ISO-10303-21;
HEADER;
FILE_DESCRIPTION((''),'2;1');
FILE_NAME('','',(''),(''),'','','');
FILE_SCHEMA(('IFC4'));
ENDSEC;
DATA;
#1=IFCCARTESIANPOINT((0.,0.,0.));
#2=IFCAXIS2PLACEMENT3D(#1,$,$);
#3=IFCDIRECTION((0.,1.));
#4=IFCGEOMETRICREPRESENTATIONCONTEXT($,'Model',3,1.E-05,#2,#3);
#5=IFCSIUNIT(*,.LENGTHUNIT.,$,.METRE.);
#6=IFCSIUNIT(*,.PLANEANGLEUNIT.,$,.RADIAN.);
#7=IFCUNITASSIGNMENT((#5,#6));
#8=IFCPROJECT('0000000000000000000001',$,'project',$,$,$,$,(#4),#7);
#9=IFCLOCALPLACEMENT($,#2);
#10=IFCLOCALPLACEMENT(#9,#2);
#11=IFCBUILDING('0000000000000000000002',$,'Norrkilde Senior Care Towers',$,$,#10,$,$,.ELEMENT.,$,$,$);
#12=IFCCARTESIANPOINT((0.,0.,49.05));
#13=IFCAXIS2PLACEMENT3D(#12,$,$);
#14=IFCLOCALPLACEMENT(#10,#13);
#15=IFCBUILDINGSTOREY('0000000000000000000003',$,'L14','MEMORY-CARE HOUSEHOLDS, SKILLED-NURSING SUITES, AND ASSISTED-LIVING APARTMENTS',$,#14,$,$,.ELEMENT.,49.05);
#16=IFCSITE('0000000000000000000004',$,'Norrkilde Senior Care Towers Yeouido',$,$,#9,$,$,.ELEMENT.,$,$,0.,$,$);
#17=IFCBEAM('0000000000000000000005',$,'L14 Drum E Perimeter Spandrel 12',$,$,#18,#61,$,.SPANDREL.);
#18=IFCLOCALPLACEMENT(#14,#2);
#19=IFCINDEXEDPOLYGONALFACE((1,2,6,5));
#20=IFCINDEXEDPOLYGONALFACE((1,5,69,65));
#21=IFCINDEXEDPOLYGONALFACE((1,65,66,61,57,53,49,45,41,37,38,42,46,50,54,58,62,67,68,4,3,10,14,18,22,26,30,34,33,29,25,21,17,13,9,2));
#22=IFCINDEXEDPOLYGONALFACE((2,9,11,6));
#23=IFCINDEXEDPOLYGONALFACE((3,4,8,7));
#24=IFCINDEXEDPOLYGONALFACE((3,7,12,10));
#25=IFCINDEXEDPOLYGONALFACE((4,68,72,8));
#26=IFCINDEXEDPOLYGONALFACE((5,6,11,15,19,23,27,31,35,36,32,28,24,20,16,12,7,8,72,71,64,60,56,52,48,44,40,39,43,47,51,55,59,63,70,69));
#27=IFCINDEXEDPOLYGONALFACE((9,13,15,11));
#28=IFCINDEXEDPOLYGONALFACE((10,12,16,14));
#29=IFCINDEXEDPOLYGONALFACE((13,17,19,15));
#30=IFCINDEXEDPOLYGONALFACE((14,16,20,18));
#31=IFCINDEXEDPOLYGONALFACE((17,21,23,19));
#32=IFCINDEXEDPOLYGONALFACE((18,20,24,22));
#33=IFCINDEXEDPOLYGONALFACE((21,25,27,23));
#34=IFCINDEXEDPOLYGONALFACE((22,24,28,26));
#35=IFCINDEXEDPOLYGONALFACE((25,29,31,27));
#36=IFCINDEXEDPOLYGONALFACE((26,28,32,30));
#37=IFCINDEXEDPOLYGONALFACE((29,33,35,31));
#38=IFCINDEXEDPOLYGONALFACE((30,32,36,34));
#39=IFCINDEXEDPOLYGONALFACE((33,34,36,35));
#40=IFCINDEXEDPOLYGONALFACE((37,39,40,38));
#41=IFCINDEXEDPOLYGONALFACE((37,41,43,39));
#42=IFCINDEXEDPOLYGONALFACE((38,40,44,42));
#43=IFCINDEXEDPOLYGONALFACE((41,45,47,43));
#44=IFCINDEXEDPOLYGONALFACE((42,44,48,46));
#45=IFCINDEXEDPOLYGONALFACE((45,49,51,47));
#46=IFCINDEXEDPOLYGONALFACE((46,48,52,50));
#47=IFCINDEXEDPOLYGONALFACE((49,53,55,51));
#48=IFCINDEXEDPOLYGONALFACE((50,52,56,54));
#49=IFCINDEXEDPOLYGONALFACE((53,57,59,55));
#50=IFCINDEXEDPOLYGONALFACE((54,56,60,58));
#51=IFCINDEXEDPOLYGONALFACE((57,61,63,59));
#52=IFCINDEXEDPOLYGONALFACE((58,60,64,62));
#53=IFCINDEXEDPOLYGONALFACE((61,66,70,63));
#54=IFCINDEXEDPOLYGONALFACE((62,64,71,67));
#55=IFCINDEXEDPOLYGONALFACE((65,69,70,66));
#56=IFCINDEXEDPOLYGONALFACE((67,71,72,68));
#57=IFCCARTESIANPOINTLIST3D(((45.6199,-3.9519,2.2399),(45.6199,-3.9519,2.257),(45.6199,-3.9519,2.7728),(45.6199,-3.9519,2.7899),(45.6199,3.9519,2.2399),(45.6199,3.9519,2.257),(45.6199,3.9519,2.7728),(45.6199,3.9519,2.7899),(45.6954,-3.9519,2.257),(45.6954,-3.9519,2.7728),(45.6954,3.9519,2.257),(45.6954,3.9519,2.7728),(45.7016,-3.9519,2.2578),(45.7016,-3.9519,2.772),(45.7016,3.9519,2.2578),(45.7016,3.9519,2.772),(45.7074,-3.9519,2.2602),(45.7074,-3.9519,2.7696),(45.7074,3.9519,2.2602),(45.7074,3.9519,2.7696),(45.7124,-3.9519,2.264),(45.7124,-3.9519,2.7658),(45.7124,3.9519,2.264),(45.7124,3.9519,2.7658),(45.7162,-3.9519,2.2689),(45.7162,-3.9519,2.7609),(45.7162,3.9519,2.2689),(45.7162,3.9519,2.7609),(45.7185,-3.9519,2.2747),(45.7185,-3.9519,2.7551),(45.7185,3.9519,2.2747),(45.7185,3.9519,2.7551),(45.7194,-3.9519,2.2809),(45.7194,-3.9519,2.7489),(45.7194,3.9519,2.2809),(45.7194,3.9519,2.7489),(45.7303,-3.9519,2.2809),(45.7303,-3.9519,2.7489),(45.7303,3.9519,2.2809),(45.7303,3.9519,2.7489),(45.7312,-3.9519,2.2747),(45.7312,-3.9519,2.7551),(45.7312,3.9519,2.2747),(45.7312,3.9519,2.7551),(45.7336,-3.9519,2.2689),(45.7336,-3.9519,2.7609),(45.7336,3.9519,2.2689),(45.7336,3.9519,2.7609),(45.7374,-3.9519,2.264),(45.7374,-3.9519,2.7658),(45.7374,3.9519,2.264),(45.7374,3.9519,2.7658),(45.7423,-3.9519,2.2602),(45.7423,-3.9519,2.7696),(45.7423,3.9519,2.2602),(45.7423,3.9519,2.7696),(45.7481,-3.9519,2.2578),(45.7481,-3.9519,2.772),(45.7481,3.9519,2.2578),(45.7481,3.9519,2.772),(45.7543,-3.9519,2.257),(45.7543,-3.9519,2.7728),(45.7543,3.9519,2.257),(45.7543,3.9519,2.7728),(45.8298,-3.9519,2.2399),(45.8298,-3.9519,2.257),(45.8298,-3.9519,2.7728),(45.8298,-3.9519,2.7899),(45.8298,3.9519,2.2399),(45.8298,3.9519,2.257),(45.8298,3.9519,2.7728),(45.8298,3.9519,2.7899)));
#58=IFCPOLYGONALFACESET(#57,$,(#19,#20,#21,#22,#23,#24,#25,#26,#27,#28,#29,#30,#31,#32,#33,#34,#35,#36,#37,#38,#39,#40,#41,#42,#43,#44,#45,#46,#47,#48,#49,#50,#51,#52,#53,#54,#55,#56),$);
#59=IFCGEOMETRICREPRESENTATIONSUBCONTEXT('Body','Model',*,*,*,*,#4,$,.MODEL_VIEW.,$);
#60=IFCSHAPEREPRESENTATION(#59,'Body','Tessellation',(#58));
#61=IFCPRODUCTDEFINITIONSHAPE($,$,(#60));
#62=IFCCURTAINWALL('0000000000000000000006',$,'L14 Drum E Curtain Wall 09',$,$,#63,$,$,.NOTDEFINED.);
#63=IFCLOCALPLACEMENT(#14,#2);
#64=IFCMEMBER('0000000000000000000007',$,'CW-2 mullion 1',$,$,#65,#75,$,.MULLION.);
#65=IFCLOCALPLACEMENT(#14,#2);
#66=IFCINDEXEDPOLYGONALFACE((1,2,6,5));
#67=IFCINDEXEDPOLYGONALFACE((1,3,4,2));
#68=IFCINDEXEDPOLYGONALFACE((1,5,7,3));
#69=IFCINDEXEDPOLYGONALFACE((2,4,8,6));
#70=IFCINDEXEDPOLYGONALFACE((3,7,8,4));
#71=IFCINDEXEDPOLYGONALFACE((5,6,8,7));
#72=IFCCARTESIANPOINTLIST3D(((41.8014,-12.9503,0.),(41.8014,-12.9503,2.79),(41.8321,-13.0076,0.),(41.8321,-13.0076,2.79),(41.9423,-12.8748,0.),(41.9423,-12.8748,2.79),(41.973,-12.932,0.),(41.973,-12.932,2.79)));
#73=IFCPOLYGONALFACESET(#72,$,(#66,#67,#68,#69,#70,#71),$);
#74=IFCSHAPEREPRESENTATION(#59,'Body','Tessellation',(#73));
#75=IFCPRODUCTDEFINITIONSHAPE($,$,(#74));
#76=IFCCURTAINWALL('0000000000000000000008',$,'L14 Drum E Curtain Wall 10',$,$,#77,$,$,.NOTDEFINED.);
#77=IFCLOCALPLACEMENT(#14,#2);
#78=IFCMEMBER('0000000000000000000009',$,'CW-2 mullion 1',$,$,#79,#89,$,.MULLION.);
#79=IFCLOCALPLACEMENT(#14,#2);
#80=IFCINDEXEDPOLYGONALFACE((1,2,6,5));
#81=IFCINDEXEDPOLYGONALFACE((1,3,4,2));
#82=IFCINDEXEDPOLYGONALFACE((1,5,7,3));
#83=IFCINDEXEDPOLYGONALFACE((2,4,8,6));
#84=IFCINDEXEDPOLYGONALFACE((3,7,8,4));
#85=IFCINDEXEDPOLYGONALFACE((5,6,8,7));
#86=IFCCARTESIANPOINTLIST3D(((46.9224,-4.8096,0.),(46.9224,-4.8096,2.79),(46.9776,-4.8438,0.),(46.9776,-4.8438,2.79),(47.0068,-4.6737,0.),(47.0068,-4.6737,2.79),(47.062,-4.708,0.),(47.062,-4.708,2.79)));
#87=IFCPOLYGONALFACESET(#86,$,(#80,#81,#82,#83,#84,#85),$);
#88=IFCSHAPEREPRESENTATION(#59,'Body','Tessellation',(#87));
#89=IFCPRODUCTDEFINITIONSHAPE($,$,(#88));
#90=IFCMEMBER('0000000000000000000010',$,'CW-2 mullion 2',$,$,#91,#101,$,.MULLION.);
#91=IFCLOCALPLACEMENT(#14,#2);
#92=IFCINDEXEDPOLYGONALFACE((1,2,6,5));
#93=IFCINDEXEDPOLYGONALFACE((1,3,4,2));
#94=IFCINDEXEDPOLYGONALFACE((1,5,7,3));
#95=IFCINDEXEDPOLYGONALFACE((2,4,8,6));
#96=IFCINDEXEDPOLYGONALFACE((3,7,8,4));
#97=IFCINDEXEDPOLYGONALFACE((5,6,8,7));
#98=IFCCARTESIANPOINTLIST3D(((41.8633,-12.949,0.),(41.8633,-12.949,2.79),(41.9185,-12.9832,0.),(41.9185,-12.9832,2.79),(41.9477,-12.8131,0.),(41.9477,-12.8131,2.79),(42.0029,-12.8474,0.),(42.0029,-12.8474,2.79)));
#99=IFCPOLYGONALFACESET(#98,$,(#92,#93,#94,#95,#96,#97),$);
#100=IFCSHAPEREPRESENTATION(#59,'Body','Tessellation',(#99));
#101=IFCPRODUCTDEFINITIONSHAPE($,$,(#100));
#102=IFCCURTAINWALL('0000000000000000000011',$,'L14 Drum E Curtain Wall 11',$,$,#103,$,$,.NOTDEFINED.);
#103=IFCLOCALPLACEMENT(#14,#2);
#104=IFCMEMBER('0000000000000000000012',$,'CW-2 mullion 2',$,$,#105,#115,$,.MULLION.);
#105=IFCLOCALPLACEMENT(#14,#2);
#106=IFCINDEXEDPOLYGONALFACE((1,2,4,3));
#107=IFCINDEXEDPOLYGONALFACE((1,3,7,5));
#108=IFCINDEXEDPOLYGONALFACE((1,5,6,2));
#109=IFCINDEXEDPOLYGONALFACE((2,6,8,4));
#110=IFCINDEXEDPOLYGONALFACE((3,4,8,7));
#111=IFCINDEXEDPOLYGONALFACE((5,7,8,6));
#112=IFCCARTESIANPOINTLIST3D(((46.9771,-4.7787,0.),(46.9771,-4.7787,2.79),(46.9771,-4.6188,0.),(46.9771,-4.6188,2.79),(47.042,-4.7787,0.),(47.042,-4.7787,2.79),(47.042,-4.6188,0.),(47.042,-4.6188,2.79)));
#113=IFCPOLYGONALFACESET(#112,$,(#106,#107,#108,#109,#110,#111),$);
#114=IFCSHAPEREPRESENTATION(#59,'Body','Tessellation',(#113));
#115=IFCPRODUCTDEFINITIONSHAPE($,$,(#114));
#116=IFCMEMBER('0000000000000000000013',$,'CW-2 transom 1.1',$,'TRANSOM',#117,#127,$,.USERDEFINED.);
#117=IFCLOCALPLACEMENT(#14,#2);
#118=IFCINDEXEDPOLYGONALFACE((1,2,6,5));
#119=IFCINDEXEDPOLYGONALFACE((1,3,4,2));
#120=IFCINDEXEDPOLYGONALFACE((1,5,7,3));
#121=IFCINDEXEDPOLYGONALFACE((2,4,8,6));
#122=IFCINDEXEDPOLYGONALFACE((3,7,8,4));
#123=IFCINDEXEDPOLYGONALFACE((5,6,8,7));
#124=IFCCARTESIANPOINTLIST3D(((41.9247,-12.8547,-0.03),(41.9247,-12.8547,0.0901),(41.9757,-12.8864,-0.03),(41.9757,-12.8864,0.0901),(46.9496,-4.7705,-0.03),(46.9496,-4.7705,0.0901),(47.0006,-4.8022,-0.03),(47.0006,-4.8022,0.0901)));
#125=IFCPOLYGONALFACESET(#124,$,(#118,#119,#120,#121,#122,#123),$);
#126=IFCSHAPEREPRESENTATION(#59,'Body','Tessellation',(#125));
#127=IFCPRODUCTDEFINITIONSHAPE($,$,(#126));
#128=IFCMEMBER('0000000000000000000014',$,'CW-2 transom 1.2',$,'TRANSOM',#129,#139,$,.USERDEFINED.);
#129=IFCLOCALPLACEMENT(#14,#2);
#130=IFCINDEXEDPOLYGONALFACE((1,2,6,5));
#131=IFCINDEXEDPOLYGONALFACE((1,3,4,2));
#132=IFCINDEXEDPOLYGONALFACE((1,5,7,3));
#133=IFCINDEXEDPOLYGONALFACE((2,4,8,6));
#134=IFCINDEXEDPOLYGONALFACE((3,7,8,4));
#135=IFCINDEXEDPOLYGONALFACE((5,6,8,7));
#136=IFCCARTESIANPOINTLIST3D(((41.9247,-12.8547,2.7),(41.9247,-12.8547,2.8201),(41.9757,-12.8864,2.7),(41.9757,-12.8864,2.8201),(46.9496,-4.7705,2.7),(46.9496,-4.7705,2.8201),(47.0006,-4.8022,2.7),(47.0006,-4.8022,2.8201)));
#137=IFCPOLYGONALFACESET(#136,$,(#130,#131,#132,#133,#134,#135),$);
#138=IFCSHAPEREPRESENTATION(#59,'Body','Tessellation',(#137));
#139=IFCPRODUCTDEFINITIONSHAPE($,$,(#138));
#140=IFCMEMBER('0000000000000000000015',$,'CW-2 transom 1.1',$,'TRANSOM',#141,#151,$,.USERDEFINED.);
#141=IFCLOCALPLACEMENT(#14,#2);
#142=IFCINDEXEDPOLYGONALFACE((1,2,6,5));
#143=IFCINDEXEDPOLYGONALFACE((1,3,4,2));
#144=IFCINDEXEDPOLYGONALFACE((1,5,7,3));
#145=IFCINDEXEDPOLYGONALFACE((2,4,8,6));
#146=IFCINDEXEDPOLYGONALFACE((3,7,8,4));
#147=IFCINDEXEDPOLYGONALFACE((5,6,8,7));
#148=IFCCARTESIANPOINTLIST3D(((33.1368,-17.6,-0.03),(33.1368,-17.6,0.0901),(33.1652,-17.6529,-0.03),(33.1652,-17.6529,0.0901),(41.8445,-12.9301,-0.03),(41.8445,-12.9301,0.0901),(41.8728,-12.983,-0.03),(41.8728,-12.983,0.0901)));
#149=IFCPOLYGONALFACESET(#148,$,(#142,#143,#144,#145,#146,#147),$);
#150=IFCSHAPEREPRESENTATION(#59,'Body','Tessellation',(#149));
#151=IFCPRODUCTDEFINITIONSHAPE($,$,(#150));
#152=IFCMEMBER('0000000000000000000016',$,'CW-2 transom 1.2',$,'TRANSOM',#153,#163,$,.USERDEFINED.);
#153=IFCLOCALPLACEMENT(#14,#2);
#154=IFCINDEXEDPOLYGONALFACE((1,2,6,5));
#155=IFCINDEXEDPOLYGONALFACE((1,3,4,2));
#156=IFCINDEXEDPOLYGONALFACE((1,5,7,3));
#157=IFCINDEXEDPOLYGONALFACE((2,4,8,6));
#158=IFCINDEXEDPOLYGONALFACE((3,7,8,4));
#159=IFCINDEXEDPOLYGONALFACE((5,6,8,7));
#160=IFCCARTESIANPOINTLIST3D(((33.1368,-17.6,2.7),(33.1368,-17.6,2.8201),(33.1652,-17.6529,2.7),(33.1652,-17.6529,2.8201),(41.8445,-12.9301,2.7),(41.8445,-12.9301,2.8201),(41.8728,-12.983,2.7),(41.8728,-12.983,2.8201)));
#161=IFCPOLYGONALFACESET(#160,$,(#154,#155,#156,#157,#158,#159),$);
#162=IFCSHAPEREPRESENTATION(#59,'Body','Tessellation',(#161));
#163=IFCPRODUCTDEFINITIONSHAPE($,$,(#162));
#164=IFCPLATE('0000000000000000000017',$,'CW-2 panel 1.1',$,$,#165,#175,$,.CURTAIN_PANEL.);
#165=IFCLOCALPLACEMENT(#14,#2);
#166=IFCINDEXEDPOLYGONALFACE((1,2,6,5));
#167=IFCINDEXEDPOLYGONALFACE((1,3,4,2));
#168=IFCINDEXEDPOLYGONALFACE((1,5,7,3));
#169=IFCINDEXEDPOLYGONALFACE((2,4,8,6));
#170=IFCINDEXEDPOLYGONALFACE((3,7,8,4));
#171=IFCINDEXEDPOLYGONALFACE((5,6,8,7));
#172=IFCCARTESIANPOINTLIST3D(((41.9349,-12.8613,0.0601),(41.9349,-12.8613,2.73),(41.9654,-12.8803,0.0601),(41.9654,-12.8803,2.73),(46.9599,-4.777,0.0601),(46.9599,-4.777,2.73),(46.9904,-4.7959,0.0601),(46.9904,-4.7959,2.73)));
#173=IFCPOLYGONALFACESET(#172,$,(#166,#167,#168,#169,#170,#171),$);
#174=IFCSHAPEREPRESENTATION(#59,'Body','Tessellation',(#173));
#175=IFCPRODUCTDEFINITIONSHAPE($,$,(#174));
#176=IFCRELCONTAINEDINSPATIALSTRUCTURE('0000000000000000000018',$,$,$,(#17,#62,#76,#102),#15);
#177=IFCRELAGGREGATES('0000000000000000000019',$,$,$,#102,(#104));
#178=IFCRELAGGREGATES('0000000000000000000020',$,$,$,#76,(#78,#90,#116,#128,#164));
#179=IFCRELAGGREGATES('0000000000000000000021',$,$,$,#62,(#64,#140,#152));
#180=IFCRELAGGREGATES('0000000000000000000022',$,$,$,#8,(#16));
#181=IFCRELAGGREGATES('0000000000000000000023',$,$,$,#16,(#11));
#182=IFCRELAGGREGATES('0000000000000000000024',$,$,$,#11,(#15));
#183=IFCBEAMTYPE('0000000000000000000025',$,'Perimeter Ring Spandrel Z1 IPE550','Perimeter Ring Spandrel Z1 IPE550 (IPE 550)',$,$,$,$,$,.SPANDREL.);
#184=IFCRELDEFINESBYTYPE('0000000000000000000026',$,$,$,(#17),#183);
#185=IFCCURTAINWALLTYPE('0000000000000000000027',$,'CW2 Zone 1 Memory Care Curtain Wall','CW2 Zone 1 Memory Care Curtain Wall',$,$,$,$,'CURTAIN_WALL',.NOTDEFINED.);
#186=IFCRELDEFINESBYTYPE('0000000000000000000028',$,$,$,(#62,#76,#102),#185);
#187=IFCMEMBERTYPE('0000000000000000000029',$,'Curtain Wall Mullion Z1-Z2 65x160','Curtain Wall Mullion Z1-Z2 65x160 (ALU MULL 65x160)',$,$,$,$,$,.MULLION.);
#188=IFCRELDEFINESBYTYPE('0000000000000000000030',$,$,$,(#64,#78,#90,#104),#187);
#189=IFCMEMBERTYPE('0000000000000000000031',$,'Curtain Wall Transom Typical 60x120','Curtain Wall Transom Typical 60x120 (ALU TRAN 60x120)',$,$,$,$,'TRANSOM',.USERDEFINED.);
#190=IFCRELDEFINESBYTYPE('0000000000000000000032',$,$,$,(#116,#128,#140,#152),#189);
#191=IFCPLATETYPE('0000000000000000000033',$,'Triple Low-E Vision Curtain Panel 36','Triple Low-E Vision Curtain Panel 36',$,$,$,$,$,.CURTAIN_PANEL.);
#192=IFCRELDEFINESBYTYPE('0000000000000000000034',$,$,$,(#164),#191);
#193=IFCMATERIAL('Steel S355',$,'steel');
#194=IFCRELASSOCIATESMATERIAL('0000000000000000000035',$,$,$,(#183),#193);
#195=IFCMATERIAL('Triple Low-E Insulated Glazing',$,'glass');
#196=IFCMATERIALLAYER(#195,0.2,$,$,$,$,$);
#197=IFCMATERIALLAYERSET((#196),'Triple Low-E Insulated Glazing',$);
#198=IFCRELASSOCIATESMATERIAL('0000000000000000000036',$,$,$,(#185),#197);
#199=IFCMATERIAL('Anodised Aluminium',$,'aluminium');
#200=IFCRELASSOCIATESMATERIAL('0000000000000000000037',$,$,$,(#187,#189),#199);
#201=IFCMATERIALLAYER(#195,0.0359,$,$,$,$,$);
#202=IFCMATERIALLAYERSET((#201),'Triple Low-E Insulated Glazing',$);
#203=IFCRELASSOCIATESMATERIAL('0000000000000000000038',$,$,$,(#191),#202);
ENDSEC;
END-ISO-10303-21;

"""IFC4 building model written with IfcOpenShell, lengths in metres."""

from ifc_helpers import new_model, si_unit, direction, frame, origin, origin_2d, place, context, subcontext, project, spatial, rectangle, i_section, extrude, source, transform, mapped, material, layer, layer_set, material_profile, profile_set, type_object, type_shapes, element, aggregate, save


model = new_model("IFC4")

# Units and contexts
model_context = context("Model", 3, precision=1e-05, world=origin(), true_north=direction((0.0, 1.0)))
body_context = subcontext(model_context, "Body", "Model", "MODEL_VIEW")
ifc_project = project(units=[si_unit("LENGTHUNIT", "METRE"), si_unit("PLANEANGLEUNIT", "RADIAN")], contexts=[model_context])

# Site, building, storey
site_placement = place(None, origin())
site = spatial("IfcSite", under=ifc_project, at=site_placement, Name="Norrkilde Senior Care Towers Yeouido", CompositionType="ELEMENT", RefElevation=0.0)
building_placement = place(site_placement, origin())
building = spatial("IfcBuilding", under=site, at=building_placement, Name="Norrkilde Senior Care Towers", CompositionType="ELEMENT")
storey_placement = place(building_placement, frame((0.0, 0.0, 49.05)))
storey = spatial("IfcBuildingStorey", under=building, at=storey_placement, Name="L14", Description="MEMORY-CARE HOUSEHOLDS, SKILLED-NURSING SUITES, AND ASSISTED-LIVING APARTMENTS", CompositionType="ELEMENT", Elevation=49.05)

# Beam
ifc_material_1 = material(Name="Steel S355", Category="steel")
ifc_material_profile_1 = material_profile(ifc_material_1, i_section(OverallWidth=0.21, OverallDepth=0.55, WebThickness=0.011, FlangeThickness=0.0171, FilletRadius=0.0239, at=origin_2d()), Name="IPE 550")
ifc_profile_set_1 = profile_set([ifc_material_profile_1], Name="Steel S355")
beam_type_1 = type_object("IfcBeamType", Name="Perimeter Ring Spandrel Z1 IPE550", Description="Perimeter Ring Spandrel Z1 IPE550 (IPE 550)", PredefinedType="SPANDREL", material=ifc_profile_set_1)
shared_shape_1 = source(origin(), body_context, "Body", "SweptSolid", [
    extrude(i_section(OverallWidth=0.21, OverallDepth=0.55, WebThickness=0.011, FlangeThickness=0.0171, FilletRadius=0.0239, at=origin_2d()), origin(), (0.0, 0.0, 1.0), 7.9038),
])
beam_1_placement = place(storey_placement, frame((45.7249, -3.9519, 2.5149), z_axis=(0.0, 1.0, 0.0), x_axis=(-1.0, 0.0, 0.0)))
element("IfcBeam", 1, at=beam_1_placement, inside=storey, type_object=beam_type_1, Name="L14 Drum E Perimeter Spandrel 12", PredefinedType="SPANDREL", context=body_context, shape_type="MappedRepresentation", body=[
    mapped(shared_shape_1, transform((0.0, 0.0, 0.0), x_axis=(1.0, 0.0, 0.0), y_axis=(0.0, 1.0, 0.0), z_axis=(0.0, 0.0, 1.0), scale=1.0)),
])

# Curtain wall, member
ifc_material_2 = material(Name="Triple Low-E Insulated Glazing", Category="glass")
ifc_layer_1 = layer(ifc_material_2, 0.2)
ifc_layer_set_1 = layer_set([ifc_layer_1], Name="Triple Low-E Insulated Glazing")
curtain_wall_type = type_object("IfcCurtainWallType", Name="CW2 Zone 1 Memory Care Curtain Wall", Description="CW2 Zone 1 Memory Care Curtain Wall", ElementType="CURTAIN_WALL", PredefinedType="NOTDEFINED", material=ifc_layer_set_1)
curtain_wall_1_placement = place(storey_placement, origin())
curtain_wall_1 = element("IfcCurtainWall", 2, at=curtain_wall_1_placement, inside=storey, type_object=curtain_wall_type, Name="L14 Drum E Curtain Wall 09", PredefinedType="NOTDEFINED")
ifc_material_3 = material(Name="Anodised Aluminium", Category="aluminium")
ifc_material_profile_2 = material_profile(ifc_material_3, rectangle(XDim=0.0649, YDim=0.1599, at=origin_2d()), Name="ALU MULL 65x160")
ifc_profile_set_2 = profile_set([ifc_material_profile_2], Name="Anodised Aluminium")
member_type_1 = type_object("IfcMemberType", Name="Curtain Wall Mullion Z1-Z2 65x160", Description="Curtain Wall Mullion Z1-Z2 65x160 (ALU MULL 65x160)", PredefinedType="MULLION", material=ifc_profile_set_2)
shared_shape_2 = source(origin(), body_context, "Body", "SweptSolid", [
    extrude(rectangle(XDim=0.0649, YDim=0.1599, at=origin_2d()), origin(), (0.0, 0.0, 1.0), 2.79),
])
type_shapes(member_type_1, [shared_shape_2])
member_1_placement = place(storey_placement, frame((41.8872, -12.9412, 0.0), z_axis=(0.0, 0.0, 1.0), x_axis=(0.472608, -0.881273, 0.0)))
member_1 = element("IfcMember", 3, at=member_1_placement, type_object=member_type_1, Name="CW-2 mullion 1", PredefinedType="MULLION", context=body_context, shape_type="MappedRepresentation", body=[
    mapped(shared_shape_2, transform((0.0, 0.0, 0.0), x_axis=(1.0, 0.0, 0.0), y_axis=(0.0, 1.0, 0.0), z_axis=(0.0, 0.0, 1.0), scale=1.0)),
])

# Curtain wall, members
curtain_wall_2_placement = place(storey_placement, origin())
curtain_wall_2 = element("IfcCurtainWall", 4, at=curtain_wall_2_placement, inside=storey, type_object=curtain_wall_type, Name="L14 Drum E Curtain Wall 10", PredefinedType="NOTDEFINED")
member_2_placement = place(storey_placement, frame((46.9922, -4.7588, 0.0), z_axis=(0.0, 0.0, 1.0), x_axis=(0.849306, -0.527901, 0.0)))
member_2 = element("IfcMember", 5, at=member_2_placement, type_object=member_type_1, Name="CW-2 mullion 1", PredefinedType="MULLION", context=body_context, shape_type="MappedRepresentation", body=[
    mapped(shared_shape_2, transform((0.0, 0.0, 0.0), x_axis=(1.0, 0.0, 0.0), y_axis=(0.0, 1.0, 0.0), z_axis=(0.0, 0.0, 1.0), scale=1.0)),
])
member_3_placement = place(storey_placement, frame((41.9331, -12.8982, 0.0), z_axis=(0.0, 0.0, 1.0), x_axis=(0.849306, -0.527901, 0.0)))
member_3 = element("IfcMember", 6, at=member_3_placement, type_object=member_type_1, Name="CW-2 mullion 2", PredefinedType="MULLION", context=body_context, shape_type="MappedRepresentation", body=[
    mapped(shared_shape_2, transform((0.0, 0.0, 0.0), x_axis=(1.0, 0.0, 0.0), y_axis=(0.0, 1.0, 0.0), z_axis=(0.0, 0.0, 1.0), scale=1.0)),
])

# Curtain wall, member
curtain_wall_3_placement = place(storey_placement, origin())
curtain_wall_3 = element("IfcCurtainWall", 7, at=curtain_wall_3_placement, inside=storey, type_object=curtain_wall_type, Name="L14 Drum E Curtain Wall 11", PredefinedType="NOTDEFINED")
member_4_placement = place(storey_placement, frame((47.0095, -4.6987, 0.0), z_axis=(0.0, 0.0, 1.0), x_axis=(1.0, 0.0, 0.0)))
member_4 = element("IfcMember", 8, at=member_4_placement, type_object=member_type_1, Name="CW-2 mullion 2", PredefinedType="MULLION", context=body_context, shape_type="MappedRepresentation", body=[
    mapped(shared_shape_2, transform((0.0, 0.0, 0.0), x_axis=(1.0, 0.0, 0.0), y_axis=(0.0, 1.0, 0.0), z_axis=(0.0, 0.0, 1.0), scale=1.0)),
])
aggregate(curtain_wall_3, [member_4])

# Members
ifc_material_profile_3 = material_profile(ifc_material_3, rectangle(XDim=0.0601, YDim=0.1201, at=origin_2d()), Name="ALU TRAN 60x120")
ifc_profile_set_3 = profile_set([ifc_material_profile_3], Name="Anodised Aluminium")
member_type_2 = type_object("IfcMemberType", Name="Curtain Wall Transom Typical 60x120", Description="Curtain Wall Transom Typical 60x120 (ALU TRAN 60x120)", ElementType="TRANSOM", PredefinedType="USERDEFINED", material=ifc_profile_set_3)
shared_shape_3 = source(origin(), body_context, "Body", "SweptSolid", [
    extrude(rectangle(XDim=0.0601, YDim=0.1201, at=origin_2d()), origin(), (0.0, 0.0, 1.0), 9.5186),
])
member_5_placement = place(storey_placement, frame((46.9751, -4.7864, 0.03), z_axis=(-0.527902, -0.849306, 0.0), x_axis=(0.849306, -0.527902, 0.0)))
member_5 = element("IfcMember", 9, at=member_5_placement, type_object=member_type_2, Name="CW-2 transom 1.1", ObjectType="TRANSOM", PredefinedType="USERDEFINED", context=body_context, shape_type="MappedRepresentation", body=[
    mapped(shared_shape_3, transform((0.0, 0.0, 0.0), x_axis=(1.0, 0.0, 0.0), y_axis=(0.0, 1.0, 0.0), z_axis=(0.0, 0.0, 1.0), scale=1.0)),
])
member_6_placement = place(storey_placement, frame((46.9751, -4.7864, 2.76), z_axis=(-0.527902, -0.849306, 0.0), x_axis=(0.849306, -0.527902, 0.0)))
member_6 = element("IfcMember", 10, at=member_6_placement, type_object=member_type_2, Name="CW-2 transom 1.2", ObjectType="TRANSOM", PredefinedType="USERDEFINED", context=body_context, shape_type="MappedRepresentation", body=[
    mapped(shared_shape_3, transform((0.0, 0.0, 0.0), x_axis=(1.0, 0.0, 0.0), y_axis=(0.0, 1.0, 0.0), z_axis=(0.0, 0.0, 1.0), scale=1.0)),
])
shared_shape_4 = source(origin(), body_context, "Body", "SweptSolid", [
    extrude(rectangle(XDim=0.0601, YDim=0.1201, at=origin_2d()), origin(), (0.0, 0.0, 1.0), 9.8809),
])
type_shapes(member_type_2, [shared_shape_3, shared_shape_4])
member_7_placement = place(storey_placement, frame((41.8586, -12.9565, 0.03), z_axis=(-0.881267, -0.472618, 0.0), x_axis=(0.472618, -0.881267, 0.0)))
member_7 = element("IfcMember", 11, at=member_7_placement, type_object=member_type_2, Name="CW-2 transom 1.1", ObjectType="TRANSOM", PredefinedType="USERDEFINED", context=body_context, shape_type="MappedRepresentation", body=[
    mapped(shared_shape_4, transform((0.0, 0.0, 0.0), x_axis=(1.0, 0.0, 0.0), y_axis=(0.0, 1.0, 0.0), z_axis=(0.0, 0.0, 1.0), scale=1.0)),
])
member_8_placement = place(storey_placement, frame((41.8586, -12.9565, 2.76), z_axis=(-0.881267, -0.472618, 0.0), x_axis=(0.472618, -0.881267, 0.0)))
member_8 = element("IfcMember", 12, at=member_8_placement, type_object=member_type_2, Name="CW-2 transom 1.2", ObjectType="TRANSOM", PredefinedType="USERDEFINED", context=body_context, shape_type="MappedRepresentation", body=[
    mapped(shared_shape_4, transform((0.0, 0.0, 0.0), x_axis=(1.0, 0.0, 0.0), y_axis=(0.0, 1.0, 0.0), z_axis=(0.0, 0.0, 1.0), scale=1.0)),
])

# Plate
ifc_layer_2 = layer(ifc_material_2, 0.0359)
ifc_layer_set_2 = layer_set([ifc_layer_2], Name="Triple Low-E Insulated Glazing")
plate_type = type_object("IfcPlateType", Name="Triple Low-E Vision Curtain Panel 36", Description="Triple Low-E Vision Curtain Panel 36", PredefinedType="CURTAIN_PANEL", material=ifc_layer_set_2)
shared_shape_5 = source(origin(), body_context, "Body", "SweptSolid", [
    extrude(rectangle(XDim=9.5188, YDim=0.0359, at=origin_2d()), origin(), (0.0, 0.0, 1.0), 2.6699),
])
plate_1_placement = place(storey_placement, frame((44.4626, -8.8286, 0.0601), z_axis=(0.0, 0.0, 1.0), x_axis=(-0.527901, -0.849306, 0.0)))
plate_1 = element("IfcPlate", 13, at=plate_1_placement, type_object=plate_type, Name="CW-2 panel 1.1", PredefinedType="CURTAIN_PANEL", context=body_context, shape_type="MappedRepresentation", body=[
    mapped(shared_shape_5, transform((0.0, 0.0, 0.0), x_axis=(1.0, 0.0, 0.0), y_axis=(0.0, 1.0, 0.0), z_axis=(0.0, 0.0, 1.0), scale=1.0)),
])
aggregate(curtain_wall_2, [member_2, member_3, member_5, member_6, plate_1])
aggregate(curtain_wall_1, [member_1, member_7, member_8])

save(model, "model.ifc")
